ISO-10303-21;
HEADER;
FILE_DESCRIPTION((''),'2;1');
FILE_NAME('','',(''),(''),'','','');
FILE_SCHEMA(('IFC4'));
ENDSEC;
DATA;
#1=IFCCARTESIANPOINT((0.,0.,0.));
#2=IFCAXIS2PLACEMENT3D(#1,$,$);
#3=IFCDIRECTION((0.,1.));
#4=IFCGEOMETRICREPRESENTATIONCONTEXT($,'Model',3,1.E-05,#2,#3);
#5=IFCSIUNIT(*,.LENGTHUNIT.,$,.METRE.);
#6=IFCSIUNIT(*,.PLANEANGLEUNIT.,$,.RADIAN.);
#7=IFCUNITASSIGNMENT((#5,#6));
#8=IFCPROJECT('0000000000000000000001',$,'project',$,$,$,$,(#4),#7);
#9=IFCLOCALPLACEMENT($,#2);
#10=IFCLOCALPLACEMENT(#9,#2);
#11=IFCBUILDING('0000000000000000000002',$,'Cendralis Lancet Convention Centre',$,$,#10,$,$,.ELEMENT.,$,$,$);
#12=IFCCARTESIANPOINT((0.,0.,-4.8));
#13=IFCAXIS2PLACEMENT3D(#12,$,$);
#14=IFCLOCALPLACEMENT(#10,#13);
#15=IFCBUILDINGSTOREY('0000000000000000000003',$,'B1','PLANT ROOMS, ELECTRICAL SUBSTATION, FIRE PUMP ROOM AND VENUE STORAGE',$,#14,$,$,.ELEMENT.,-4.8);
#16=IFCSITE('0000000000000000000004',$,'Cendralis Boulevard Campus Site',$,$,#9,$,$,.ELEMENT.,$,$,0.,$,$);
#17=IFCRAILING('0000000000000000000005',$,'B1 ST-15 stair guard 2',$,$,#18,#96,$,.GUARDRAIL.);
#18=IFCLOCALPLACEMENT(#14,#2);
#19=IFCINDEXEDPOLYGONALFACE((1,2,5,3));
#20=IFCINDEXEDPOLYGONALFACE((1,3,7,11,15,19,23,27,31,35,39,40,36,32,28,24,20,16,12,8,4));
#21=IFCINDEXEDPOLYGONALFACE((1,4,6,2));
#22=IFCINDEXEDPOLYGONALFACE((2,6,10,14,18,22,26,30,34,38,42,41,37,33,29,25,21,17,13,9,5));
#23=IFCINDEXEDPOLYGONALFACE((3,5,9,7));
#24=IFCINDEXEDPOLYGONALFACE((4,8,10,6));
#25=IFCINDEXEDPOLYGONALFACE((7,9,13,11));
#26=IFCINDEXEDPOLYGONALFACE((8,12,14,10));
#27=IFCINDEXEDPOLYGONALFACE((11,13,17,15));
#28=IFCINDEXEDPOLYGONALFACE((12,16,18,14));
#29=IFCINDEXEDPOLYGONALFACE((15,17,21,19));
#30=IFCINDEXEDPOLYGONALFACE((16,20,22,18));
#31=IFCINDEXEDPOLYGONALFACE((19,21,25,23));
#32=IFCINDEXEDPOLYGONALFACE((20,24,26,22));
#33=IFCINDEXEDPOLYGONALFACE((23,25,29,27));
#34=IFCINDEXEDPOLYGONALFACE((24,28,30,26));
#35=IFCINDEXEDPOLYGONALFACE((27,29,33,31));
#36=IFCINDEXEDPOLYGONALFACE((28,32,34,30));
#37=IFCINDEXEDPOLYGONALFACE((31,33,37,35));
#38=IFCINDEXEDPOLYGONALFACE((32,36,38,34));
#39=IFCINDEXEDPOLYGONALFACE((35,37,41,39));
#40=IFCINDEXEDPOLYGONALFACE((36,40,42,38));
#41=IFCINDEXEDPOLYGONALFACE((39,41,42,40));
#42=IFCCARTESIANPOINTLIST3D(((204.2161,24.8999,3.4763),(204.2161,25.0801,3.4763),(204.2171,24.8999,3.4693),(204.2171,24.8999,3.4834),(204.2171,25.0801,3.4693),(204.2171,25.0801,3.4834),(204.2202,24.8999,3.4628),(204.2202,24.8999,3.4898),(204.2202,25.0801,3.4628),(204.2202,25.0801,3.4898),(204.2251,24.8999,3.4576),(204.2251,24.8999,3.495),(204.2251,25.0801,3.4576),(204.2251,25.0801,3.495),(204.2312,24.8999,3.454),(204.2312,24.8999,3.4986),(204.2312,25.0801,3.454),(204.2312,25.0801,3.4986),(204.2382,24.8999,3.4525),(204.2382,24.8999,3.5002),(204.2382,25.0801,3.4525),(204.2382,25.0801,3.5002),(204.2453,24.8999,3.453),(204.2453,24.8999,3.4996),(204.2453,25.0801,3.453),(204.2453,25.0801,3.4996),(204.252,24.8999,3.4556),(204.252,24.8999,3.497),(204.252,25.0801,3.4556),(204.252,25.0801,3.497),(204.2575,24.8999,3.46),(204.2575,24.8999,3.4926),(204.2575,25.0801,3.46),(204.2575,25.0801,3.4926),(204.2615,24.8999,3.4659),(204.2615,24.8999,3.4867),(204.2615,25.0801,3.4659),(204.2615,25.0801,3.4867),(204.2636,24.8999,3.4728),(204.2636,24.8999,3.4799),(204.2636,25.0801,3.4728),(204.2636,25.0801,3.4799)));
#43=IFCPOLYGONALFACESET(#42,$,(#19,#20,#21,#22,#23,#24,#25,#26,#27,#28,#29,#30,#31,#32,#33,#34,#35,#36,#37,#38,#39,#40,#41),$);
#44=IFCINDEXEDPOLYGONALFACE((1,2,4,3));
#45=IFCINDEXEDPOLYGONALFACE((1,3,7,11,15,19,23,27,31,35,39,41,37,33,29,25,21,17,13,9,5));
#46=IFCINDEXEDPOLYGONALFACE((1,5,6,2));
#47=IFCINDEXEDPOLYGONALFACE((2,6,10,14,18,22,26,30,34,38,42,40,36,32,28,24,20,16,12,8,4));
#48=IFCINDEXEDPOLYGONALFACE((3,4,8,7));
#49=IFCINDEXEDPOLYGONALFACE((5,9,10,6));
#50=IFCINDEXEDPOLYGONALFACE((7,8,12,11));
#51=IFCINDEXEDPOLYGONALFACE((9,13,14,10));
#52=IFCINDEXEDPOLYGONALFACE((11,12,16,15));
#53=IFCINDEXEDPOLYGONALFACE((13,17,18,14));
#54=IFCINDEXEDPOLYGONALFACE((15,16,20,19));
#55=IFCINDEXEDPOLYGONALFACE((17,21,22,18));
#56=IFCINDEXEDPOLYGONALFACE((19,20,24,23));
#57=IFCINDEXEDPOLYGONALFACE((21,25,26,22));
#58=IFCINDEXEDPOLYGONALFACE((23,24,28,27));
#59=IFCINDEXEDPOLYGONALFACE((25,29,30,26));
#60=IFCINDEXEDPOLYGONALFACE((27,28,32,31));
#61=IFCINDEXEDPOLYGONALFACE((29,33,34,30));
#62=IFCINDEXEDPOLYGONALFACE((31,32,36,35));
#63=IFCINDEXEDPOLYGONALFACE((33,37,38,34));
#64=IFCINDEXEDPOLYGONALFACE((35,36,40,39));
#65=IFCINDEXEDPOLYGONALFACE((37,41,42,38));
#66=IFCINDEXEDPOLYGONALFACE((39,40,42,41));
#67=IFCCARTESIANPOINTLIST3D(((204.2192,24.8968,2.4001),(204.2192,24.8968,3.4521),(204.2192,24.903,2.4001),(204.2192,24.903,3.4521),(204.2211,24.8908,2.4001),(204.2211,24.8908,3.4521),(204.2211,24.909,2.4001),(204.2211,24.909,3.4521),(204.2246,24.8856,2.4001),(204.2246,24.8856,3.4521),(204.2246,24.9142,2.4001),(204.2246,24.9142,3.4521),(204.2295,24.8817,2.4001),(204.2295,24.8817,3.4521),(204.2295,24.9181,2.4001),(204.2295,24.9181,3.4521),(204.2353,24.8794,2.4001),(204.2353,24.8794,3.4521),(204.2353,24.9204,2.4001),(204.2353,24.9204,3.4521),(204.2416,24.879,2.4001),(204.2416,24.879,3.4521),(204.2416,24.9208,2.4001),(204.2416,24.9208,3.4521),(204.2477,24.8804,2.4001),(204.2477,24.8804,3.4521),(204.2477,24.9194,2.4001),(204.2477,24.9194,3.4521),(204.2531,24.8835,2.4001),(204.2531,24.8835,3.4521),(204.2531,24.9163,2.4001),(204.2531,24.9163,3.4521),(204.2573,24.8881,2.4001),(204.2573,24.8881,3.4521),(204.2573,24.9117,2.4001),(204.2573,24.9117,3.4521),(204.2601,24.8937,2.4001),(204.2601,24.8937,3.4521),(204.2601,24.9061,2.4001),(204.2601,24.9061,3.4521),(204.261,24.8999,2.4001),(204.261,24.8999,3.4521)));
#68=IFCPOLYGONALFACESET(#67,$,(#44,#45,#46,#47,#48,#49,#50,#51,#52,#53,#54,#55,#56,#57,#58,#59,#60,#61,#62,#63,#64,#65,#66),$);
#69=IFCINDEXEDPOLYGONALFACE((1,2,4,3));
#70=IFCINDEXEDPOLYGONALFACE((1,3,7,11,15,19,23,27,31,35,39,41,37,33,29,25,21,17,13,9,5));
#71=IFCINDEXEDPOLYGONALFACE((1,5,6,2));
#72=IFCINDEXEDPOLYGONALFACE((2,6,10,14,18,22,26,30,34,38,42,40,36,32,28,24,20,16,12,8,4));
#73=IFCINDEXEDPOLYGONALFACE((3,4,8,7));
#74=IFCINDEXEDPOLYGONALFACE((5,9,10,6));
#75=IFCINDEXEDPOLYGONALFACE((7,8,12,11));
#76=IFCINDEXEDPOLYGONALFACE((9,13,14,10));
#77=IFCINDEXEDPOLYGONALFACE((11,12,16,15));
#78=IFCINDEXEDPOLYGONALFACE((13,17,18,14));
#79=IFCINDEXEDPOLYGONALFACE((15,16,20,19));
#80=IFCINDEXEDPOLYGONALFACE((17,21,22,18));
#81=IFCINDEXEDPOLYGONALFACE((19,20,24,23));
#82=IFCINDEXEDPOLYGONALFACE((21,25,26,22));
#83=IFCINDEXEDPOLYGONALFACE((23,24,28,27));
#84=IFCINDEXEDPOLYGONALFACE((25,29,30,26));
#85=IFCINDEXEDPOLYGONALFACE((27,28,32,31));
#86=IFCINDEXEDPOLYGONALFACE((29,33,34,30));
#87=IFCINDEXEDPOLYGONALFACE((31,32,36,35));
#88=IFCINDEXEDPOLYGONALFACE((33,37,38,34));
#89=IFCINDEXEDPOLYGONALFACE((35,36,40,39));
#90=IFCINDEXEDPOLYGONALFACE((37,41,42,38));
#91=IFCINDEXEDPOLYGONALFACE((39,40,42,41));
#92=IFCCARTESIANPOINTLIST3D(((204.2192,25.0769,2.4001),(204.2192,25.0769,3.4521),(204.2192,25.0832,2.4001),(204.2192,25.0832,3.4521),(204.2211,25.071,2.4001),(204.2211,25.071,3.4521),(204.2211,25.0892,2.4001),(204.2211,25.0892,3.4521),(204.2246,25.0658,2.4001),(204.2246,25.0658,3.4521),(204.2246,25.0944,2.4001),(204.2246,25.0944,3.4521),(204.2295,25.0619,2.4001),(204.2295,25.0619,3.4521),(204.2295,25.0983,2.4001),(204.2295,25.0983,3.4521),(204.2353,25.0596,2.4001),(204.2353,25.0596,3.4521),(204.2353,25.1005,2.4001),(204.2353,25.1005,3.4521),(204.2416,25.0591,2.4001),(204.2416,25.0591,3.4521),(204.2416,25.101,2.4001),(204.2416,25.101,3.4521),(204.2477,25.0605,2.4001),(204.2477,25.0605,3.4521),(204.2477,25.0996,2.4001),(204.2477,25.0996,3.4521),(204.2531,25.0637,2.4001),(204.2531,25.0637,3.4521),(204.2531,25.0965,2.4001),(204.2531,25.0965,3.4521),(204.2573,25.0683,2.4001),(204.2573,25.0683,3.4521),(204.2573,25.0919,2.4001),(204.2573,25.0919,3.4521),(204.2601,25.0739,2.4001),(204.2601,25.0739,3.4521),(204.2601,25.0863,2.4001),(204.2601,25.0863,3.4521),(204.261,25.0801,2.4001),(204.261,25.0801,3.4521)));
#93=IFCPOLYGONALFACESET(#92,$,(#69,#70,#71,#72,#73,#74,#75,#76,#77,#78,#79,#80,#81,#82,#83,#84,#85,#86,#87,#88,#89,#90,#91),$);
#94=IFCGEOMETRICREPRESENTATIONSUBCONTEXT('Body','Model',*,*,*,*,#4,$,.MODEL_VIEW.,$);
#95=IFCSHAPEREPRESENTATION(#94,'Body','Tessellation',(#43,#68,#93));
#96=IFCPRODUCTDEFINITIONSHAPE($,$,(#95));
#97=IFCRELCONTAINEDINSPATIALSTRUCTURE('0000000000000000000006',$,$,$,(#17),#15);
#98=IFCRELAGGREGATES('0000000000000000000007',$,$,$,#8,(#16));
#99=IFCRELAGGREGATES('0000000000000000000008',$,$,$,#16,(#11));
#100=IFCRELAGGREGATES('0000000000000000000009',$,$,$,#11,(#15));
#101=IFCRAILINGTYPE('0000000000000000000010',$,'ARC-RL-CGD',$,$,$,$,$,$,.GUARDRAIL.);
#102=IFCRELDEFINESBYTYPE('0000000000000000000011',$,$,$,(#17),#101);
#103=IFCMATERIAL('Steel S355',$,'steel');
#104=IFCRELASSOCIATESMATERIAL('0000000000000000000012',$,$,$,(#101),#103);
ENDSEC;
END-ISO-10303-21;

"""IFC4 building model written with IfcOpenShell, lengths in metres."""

from ifc_helpers import new_model, si_unit, direction, frame, origin, origin_2d, place, context, subcontext, project, spatial, circle, extrude, material, type_object, element, save


model = new_model("IFC4")

# Units and contexts
model_context = context("Model", 3, precision=1e-05, world=origin(), true_north=direction((0.0, 1.0)))
body_context = subcontext(model_context, "Body", "Model", "MODEL_VIEW")
ifc_project = project(units=[si_unit("LENGTHUNIT", "METRE"), si_unit("PLANEANGLEUNIT", "RADIAN")], contexts=[model_context])

# Site, building, storey
site_placement = place(None, origin())
site = spatial("IfcSite", under=ifc_project, at=site_placement, Name="Cendralis Boulevard Campus Site", CompositionType="ELEMENT", RefElevation=0.0)
building_placement = place(site_placement, origin())
building = spatial("IfcBuilding", under=site, at=building_placement, Name="Cendralis Lancet Convention Centre", CompositionType="ELEMENT")
storey_placement = place(building_placement, frame((0.0, 0.0, -4.8)))
storey = spatial("IfcBuildingStorey", under=building, at=storey_placement, Name="B1", Description="PLANT ROOMS, ELECTRICAL SUBSTATION, FIRE PUMP ROOM AND VENUE STORAGE", CompositionType="ELEMENT", Elevation=-4.8)

# Railing
ifc_material_1 = material(Name="Steel S355", Category="steel")
railing_type_1 = type_object("IfcRailingType", Name="ARC-RL-CGD", PredefinedType="GUARDRAIL", material=ifc_material_1)
railing_1_placement = place(storey_placement, frame((204.24, 24.8999, 2.4001)))
element("IfcRailing", 1, at=railing_1_placement, inside=storey, type_object=railing_type_1, Name="B1 ST-15 stair guard 2", PredefinedType="GUARDRAIL", context=body_context, shape_type="SweptSolid", body=[
    extrude(circle(Radius=0.0239, at=origin_2d()), frame((0.0, 0.0, 1.0762), z_axis=(0.0, 1.0, 0.0), x_axis=(-1.0, 0.0, 0.0)), (0.0, 0.0, 1.0), 0.1802),
    extrude(circle(Radius=0.021, at=origin_2d()), origin(), (0.0, 0.0, 1.0), 1.052),
    extrude(circle(Radius=0.021, at=origin_2d()), frame((0.0, 0.1802, 0.0)), (0.0, 0.0, 1.0), 1.052),
])

save(model, "model.ifc")
